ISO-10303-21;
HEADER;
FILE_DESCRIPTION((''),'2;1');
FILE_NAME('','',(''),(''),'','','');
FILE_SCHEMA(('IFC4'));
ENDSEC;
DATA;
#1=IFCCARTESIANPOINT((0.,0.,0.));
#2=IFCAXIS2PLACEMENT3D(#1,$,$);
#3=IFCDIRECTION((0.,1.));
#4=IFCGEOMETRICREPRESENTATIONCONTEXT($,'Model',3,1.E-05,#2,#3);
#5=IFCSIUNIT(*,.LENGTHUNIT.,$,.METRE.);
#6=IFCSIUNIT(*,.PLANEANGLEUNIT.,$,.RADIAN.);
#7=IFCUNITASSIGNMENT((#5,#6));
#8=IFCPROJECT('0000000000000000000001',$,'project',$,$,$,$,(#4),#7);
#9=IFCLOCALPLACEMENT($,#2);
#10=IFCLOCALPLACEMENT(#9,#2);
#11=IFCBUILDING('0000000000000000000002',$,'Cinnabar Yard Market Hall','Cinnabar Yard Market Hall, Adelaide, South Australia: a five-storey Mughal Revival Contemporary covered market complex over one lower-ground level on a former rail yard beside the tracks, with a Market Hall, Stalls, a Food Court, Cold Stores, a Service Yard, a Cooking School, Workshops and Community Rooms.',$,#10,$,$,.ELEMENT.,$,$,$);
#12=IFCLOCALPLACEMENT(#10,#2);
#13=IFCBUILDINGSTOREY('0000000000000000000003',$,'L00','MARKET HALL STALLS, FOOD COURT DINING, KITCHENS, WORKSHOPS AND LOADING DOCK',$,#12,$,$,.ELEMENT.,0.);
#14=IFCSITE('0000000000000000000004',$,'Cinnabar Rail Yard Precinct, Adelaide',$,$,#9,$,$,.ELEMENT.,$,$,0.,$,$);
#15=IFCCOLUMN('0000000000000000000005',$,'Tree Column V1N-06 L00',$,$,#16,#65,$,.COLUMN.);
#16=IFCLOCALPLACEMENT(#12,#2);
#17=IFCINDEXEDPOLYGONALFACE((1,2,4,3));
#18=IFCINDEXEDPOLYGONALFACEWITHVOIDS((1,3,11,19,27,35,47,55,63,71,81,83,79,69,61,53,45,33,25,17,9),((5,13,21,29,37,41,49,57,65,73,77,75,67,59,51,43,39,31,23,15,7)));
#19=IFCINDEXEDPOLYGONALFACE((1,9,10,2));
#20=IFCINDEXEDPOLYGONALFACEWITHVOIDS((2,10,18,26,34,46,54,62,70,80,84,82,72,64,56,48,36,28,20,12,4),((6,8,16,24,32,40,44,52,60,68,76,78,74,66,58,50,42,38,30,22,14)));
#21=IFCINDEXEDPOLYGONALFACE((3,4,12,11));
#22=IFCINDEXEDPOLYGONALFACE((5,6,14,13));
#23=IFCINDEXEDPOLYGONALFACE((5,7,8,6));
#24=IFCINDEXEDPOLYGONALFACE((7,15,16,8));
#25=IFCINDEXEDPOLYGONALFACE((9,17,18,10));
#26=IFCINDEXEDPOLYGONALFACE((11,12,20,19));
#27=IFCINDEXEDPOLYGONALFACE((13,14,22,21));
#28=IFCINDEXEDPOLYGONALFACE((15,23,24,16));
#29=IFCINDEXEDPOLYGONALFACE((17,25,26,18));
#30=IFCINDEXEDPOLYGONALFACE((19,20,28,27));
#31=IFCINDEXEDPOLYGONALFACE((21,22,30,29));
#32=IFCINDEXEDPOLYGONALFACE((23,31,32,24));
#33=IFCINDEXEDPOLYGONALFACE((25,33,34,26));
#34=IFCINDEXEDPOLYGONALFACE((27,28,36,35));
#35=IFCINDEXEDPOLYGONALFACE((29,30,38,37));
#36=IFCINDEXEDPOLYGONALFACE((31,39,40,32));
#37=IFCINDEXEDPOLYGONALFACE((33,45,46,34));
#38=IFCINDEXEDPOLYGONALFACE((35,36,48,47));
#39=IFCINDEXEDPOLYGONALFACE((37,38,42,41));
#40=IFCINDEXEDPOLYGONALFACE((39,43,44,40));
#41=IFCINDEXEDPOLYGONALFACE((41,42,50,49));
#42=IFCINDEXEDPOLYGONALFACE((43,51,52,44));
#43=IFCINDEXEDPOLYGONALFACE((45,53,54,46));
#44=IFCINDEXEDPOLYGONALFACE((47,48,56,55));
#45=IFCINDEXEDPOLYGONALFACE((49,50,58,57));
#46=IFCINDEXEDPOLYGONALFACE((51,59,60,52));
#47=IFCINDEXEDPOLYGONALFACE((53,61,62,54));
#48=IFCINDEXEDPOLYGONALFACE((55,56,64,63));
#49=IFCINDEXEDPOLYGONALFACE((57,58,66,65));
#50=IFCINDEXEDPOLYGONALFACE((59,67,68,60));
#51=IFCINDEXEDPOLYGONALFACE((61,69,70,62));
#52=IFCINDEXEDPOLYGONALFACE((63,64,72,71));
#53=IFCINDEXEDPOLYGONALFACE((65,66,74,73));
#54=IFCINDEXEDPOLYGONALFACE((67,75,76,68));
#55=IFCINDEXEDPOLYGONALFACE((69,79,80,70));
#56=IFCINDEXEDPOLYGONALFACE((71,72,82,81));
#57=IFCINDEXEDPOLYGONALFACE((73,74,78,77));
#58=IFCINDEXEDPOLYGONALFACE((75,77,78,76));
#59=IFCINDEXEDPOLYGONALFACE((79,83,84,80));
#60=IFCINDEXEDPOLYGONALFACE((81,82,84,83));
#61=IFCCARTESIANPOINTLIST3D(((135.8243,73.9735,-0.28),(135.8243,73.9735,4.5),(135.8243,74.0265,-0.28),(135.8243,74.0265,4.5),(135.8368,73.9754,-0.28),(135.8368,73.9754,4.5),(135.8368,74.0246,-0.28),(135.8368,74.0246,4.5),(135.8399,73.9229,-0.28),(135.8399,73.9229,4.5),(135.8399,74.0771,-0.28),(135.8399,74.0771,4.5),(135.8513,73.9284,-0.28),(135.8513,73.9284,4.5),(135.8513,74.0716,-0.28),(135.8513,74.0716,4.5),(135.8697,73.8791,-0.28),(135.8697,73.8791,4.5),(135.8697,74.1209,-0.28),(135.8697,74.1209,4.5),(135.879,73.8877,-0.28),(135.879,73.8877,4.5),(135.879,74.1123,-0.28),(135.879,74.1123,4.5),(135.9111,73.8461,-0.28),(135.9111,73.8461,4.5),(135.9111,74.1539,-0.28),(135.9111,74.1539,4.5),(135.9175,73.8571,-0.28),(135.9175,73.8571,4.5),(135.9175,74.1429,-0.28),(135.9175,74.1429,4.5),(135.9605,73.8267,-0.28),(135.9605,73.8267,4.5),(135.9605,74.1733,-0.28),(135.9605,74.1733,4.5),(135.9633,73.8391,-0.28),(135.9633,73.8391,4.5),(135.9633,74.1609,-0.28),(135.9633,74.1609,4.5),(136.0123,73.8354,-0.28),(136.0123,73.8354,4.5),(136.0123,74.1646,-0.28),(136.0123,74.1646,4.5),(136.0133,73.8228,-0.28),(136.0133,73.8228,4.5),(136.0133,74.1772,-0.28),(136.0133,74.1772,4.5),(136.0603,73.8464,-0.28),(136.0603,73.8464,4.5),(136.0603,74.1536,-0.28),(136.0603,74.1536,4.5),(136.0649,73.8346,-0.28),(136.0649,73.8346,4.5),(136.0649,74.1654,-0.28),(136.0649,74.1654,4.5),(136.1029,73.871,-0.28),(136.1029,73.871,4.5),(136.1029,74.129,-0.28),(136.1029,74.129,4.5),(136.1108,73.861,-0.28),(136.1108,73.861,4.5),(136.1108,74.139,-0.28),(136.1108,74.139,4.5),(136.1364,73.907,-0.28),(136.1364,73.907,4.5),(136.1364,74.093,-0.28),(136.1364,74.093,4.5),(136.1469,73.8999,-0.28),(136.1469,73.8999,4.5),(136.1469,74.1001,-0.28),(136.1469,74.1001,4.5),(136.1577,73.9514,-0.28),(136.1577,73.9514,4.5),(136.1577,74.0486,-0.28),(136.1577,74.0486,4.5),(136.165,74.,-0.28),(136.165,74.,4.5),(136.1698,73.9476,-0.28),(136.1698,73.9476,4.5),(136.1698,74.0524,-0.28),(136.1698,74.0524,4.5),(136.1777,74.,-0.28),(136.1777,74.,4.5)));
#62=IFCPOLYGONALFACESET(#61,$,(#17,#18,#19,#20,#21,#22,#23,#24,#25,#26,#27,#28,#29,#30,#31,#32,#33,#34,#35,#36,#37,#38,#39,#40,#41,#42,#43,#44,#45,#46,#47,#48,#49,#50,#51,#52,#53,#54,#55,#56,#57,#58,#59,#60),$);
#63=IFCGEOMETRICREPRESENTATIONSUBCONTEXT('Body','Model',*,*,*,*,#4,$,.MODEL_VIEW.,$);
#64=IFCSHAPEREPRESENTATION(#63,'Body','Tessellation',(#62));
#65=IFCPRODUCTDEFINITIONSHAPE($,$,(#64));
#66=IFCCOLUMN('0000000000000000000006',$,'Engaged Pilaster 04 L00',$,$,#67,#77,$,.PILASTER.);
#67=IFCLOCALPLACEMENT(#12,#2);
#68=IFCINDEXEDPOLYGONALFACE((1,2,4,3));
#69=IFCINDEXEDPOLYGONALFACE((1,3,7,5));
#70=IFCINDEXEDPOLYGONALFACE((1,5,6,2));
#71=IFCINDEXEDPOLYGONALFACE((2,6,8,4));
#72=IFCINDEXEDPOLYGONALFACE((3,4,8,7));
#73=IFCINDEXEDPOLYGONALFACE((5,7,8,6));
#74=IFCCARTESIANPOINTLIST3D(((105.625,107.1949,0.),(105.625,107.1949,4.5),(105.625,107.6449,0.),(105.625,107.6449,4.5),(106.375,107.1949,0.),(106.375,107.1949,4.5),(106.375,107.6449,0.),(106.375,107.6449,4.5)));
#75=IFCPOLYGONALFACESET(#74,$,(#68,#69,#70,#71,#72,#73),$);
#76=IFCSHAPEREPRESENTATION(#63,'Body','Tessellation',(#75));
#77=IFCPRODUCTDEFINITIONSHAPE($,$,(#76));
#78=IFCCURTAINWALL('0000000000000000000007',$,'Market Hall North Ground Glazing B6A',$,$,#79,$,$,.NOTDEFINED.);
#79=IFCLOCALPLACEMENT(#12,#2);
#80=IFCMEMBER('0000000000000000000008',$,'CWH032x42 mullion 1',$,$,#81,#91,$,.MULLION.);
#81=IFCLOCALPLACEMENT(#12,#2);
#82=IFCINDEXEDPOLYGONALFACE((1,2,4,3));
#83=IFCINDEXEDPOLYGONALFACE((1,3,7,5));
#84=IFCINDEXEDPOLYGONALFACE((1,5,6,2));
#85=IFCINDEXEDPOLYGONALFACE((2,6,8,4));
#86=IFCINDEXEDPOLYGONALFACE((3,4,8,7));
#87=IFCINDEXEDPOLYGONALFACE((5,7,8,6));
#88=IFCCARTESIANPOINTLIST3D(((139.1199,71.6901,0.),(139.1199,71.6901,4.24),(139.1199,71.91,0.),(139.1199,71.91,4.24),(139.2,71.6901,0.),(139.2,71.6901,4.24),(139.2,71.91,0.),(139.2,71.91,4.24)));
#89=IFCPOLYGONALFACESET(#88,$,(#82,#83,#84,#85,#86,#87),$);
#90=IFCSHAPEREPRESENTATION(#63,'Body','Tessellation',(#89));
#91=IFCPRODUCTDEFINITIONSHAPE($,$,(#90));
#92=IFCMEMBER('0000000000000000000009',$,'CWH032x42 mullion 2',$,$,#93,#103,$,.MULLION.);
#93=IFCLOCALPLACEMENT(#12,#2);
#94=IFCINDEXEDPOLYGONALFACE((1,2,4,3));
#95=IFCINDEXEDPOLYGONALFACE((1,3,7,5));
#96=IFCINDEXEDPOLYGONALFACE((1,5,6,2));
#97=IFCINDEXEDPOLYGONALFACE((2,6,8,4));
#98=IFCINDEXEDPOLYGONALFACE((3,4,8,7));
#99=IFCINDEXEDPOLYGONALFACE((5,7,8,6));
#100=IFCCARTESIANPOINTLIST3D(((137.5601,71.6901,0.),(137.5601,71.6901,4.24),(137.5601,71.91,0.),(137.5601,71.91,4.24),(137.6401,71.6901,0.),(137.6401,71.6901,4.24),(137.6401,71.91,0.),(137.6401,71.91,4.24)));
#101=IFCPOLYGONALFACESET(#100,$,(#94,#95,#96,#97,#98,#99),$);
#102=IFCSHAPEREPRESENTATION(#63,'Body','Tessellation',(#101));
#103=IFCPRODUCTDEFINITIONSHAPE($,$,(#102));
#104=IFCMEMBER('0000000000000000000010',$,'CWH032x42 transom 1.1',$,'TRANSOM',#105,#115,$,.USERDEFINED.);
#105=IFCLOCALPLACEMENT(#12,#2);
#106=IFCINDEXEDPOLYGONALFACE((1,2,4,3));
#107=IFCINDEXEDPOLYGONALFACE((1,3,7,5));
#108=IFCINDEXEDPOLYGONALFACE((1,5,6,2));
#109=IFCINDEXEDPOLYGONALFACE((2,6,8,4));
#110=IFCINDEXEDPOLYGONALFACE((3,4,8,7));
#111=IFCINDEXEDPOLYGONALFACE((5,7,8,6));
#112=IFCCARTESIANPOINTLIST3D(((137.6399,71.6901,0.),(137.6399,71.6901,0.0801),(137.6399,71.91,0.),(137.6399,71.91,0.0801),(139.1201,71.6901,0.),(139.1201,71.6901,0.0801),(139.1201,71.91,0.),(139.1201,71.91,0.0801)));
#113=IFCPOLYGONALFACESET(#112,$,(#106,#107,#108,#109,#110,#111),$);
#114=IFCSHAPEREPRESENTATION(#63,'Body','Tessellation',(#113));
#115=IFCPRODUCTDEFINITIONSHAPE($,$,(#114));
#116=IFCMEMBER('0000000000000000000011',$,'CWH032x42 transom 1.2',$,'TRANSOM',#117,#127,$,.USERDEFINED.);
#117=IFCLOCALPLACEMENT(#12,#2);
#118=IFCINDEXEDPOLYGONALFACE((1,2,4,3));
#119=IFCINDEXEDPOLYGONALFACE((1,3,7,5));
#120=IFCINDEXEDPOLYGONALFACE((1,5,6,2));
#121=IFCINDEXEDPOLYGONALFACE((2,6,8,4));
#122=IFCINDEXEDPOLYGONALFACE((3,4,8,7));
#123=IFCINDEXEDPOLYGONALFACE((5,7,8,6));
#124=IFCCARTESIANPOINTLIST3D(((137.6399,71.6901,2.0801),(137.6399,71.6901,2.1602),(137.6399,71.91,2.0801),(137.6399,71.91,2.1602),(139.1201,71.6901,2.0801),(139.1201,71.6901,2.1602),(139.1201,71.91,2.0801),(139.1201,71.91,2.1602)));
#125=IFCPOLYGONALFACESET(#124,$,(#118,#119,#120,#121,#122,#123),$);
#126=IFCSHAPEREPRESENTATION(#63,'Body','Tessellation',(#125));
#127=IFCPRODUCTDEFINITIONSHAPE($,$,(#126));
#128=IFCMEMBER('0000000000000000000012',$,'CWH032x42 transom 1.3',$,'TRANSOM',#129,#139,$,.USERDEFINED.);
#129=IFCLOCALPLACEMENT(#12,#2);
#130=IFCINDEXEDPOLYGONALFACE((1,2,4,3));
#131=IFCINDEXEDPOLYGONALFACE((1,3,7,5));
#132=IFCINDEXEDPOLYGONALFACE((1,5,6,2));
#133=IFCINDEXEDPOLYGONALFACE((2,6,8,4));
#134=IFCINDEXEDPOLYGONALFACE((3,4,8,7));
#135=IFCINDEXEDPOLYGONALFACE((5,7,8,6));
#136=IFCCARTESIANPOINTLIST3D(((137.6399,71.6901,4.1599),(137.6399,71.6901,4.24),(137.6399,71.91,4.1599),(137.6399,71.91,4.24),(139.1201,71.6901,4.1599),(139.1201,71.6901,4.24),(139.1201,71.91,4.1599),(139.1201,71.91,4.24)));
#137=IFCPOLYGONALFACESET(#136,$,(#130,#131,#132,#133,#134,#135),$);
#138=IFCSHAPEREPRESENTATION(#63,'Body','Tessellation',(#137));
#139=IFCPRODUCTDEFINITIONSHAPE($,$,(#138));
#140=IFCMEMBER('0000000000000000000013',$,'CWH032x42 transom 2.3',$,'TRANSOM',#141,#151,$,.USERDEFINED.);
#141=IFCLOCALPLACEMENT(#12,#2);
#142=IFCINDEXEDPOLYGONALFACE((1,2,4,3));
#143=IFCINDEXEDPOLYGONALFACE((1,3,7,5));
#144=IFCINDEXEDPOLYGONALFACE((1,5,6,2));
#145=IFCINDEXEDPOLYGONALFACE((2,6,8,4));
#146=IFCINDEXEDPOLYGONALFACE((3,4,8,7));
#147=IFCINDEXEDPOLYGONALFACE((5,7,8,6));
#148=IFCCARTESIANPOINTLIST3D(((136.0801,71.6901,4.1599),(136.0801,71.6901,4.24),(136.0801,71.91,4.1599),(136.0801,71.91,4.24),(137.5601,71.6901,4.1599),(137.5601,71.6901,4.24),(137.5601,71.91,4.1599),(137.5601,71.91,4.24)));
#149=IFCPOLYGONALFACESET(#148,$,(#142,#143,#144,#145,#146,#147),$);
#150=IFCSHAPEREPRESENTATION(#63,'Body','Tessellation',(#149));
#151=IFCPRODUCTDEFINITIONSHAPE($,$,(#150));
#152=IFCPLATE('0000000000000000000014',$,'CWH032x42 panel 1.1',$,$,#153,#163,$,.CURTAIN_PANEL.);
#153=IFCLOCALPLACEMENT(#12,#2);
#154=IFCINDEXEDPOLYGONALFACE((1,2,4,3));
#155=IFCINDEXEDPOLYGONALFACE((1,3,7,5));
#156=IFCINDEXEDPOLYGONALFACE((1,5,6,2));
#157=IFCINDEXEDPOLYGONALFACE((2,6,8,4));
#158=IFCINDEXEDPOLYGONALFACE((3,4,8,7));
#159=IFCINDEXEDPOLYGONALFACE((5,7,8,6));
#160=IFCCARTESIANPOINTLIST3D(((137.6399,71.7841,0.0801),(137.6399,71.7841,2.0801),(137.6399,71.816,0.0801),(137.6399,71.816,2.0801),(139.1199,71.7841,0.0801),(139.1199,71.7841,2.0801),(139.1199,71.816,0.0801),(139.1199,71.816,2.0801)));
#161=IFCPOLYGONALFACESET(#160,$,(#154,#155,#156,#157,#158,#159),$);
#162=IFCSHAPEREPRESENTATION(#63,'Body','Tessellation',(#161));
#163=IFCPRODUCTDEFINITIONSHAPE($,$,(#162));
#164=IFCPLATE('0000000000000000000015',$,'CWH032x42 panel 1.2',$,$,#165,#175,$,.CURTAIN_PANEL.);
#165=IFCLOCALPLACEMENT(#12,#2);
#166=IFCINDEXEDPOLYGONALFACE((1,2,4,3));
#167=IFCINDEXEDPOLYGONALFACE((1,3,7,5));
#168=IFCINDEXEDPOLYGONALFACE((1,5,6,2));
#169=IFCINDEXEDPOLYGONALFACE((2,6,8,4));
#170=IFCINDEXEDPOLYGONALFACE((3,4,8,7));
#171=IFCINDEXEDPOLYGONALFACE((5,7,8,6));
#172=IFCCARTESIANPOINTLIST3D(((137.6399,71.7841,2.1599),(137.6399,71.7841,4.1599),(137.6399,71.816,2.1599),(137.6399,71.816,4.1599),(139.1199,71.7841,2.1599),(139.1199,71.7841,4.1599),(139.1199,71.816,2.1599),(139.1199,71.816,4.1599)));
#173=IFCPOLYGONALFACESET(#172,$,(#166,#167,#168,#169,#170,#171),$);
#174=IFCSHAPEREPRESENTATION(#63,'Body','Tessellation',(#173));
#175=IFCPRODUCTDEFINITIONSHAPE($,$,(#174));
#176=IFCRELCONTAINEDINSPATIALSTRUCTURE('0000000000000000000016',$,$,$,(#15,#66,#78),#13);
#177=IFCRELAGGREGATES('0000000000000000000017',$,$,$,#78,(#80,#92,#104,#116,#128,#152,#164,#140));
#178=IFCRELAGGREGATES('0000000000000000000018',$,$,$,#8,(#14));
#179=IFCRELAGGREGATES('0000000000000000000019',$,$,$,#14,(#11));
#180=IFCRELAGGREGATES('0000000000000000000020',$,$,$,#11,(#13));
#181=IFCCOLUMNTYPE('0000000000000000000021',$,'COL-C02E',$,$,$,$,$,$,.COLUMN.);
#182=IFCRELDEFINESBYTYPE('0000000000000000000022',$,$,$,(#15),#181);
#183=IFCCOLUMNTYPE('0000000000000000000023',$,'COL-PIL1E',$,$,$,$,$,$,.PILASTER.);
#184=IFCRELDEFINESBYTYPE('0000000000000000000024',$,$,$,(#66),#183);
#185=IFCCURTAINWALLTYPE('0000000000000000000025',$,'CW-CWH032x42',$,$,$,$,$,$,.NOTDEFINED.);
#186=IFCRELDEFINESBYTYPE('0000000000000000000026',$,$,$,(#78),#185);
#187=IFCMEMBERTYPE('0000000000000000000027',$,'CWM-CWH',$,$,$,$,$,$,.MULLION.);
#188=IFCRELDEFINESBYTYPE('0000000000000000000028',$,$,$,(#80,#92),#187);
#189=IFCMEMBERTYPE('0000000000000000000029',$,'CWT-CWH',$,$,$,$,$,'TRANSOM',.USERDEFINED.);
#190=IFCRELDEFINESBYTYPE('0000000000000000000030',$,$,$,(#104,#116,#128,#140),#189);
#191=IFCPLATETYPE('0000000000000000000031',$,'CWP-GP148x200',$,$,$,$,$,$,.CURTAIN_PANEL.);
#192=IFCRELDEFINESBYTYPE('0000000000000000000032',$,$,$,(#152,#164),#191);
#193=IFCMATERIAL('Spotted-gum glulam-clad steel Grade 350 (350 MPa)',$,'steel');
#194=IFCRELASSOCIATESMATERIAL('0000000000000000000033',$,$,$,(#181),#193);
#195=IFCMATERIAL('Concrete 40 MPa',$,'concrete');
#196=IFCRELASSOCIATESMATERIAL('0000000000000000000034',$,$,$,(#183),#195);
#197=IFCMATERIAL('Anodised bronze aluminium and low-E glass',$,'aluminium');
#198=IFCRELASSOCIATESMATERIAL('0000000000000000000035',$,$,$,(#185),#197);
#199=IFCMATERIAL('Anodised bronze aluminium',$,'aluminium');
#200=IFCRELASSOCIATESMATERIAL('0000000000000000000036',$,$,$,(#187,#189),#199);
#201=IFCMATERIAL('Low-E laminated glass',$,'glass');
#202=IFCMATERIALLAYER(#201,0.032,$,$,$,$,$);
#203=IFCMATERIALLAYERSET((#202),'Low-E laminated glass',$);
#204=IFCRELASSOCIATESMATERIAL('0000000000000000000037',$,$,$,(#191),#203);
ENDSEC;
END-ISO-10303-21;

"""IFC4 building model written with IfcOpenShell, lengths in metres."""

from ifc_helpers import new_model, si_unit, direction, frame, origin, origin_2d_with_axis, place, context, subcontext, project, spatial, rectangle, hollow_circle, extrude, material, layer, layer_set, material_profile, profile_set, type_object, element, aggregate, save


model = new_model("IFC4")

# Units and contexts
model_context = context("Model", 3, precision=1e-05, world=origin(), true_north=direction((0.0, 1.0)))
body_context = subcontext(model_context, "Body", "Model", "MODEL_VIEW")
ifc_project = project(units=[si_unit("LENGTHUNIT", "METRE"), si_unit("PLANEANGLEUNIT", "RADIAN")], contexts=[model_context])

# Site, building, storey
site_placement = place(None, origin())
site = spatial("IfcSite", under=ifc_project, at=site_placement, Name="Cinnabar Rail Yard Precinct, Adelaide", CompositionType="ELEMENT", RefElevation=0.0)
building_placement = place(site_placement, origin())
building = spatial("IfcBuilding", under=site, at=building_placement, Name="Cinnabar Yard Market Hall", Description="Cinnabar Yard Market Hall, Adelaide, South Australia: a five-storey Mughal Revival Contemporary covered market complex over one lower-ground level on a former rail yard beside the tracks, with a Market Hall, Stalls, a Food Court, Cold Stores, a Service Yard, a Cooking School, Workshops and Community Rooms.", CompositionType="ELEMENT")
storey_placement = place(building_placement, origin())
storey = spatial("IfcBuildingStorey", under=building, at=storey_placement, Name="L00", Description="MARKET HALL STALLS, FOOD COURT DINING, KITCHENS, WORKSHOPS AND LOADING DOCK", CompositionType="ELEMENT", Elevation=0.0)

# Shared definitions
ifc_material_1 = material(Name="Concrete 40 MPa", Category="concrete")

# Columns
ifc_material_2 = material(Name="Spotted-gum glulam-clad steel Grade 350 (350 MPa)", Category="steel")
ifc_material_profile_1 = material_profile(ifc_material_2, hollow_circle(Radius=0.1777, WallThickness=0.0127, at=origin_2d_with_axis()), Name="355.6x12.7CHS")
ifc_profile_set_1 = profile_set([ifc_material_profile_1], Name="Spotted-gum glulam-clad steel Grade 350 (350 MPa)")
column_type_1 = type_object("IfcColumnType", Name="COL-C02E", PredefinedType="COLUMN", material=ifc_profile_set_1)
for number, where, z_axis, x_axis, name in (
    (1, (136.0, 74.0, -0.28), (0.0, 0.0, 1.0), (1.0, 0.0, 0.0), "Tree Column V1N-06 L00"),
):
    element("IfcColumn", number, at=place(storey_placement, frame(where, z_axis=z_axis, x_axis=x_axis)), inside=storey, type_object=column_type_1, Name=name, PredefinedType="COLUMN", context=body_context, shape_type="SweptSolid", body=[
        extrude(hollow_circle(Radius=0.1777, WallThickness=0.0127, at=origin_2d_with_axis()), origin(), (0.0, 0.0, 1.0), 4.78),
    ])
ifc_material_profile_2 = material_profile(ifc_material_1, rectangle(XDim=0.75, YDim=0.45, at=origin_2d_with_axis()), Name="RC-750x450")
ifc_profile_set_2 = profile_set([ifc_material_profile_2], Name="Concrete 40 MPa")
column_type_2 = type_object("IfcColumnType", Name="COL-PIL1E", PredefinedType="PILASTER", material=ifc_profile_set_2)
column_placement = place(storey_placement, frame((106.0, 107.4199, 0.0), z_axis=(0.0, 0.0, 1.0), x_axis=(1.0, 0.0, 0.0)))
element("IfcColumn", 2, at=column_placement, inside=storey, type_object=column_type_2, Name="Engaged Pilaster 04 L00", PredefinedType="PILASTER", context=body_context, shape_type="SweptSolid", body=[
    extrude(rectangle(XDim=0.75, YDim=0.45, at=origin_2d_with_axis()), origin(), (0.0, 0.0, 1.0), 4.5),
])

# Curtain wall, members, plates
ifc_material_3 = material(Name="Anodised bronze aluminium and low-E glass", Category="aluminium")
curtain_wall_type = type_object("IfcCurtainWallType", Name="CW-CWH032x42", PredefinedType="NOTDEFINED", material=ifc_material_3)
curtain_wall_placement = place(storey_placement, origin())
curtain_wall = element("IfcCurtainWall", 3, at=curtain_wall_placement, inside=storey, type_object=curtain_wall_type, Name="Market Hall North Ground Glazing B6A", PredefinedType="NOTDEFINED")
ifc_material_4 = material(Name="Anodised bronze aluminium", Category="aluminium")
ifc_material_profile_3 = material_profile(ifc_material_4, rectangle(XDim=0.22, YDim=0.0801, at=origin_2d_with_axis()), Name="MUL-CWH")
ifc_profile_set_3 = profile_set([ifc_material_profile_3], Name="Anodised bronze aluminium")
member_type_1 = type_object("IfcMemberType", Name="CWM-CWH", PredefinedType="MULLION", material=ifc_profile_set_3)
member_1_placement = place(storey_placement, frame((139.1599, 71.8, 0.0), z_axis=(0.0, 0.0, 1.0), x_axis=(0.0, -1.0, 0.0)))
member_1 = element("IfcMember", 4, at=member_1_placement, type_object=member_type_1, Name="CWH032x42 mullion 1", PredefinedType="MULLION", context=body_context, shape_type="SweptSolid", body=[
    extrude(rectangle(XDim=0.22, YDim=0.0801, at=origin_2d_with_axis()), origin(), (0.0, 0.0, 1.0), 4.24),
])
member_2_placement = place(storey_placement, frame((137.6001, 71.8, 0.0), z_axis=(0.0, 0.0, 1.0), x_axis=(0.0, -1.0, 0.0)))
member_2 = element("IfcMember", 5, at=member_2_placement, type_object=member_type_1, Name="CWH032x42 mullion 2", PredefinedType="MULLION", context=body_context, shape_type="SweptSolid", body=[
    extrude(rectangle(XDim=0.22, YDim=0.0801, at=origin_2d_with_axis()), origin(), (0.0, 0.0, 1.0), 4.24),
])
ifc_material_profile_4 = material_profile(ifc_material_4, rectangle(XDim=0.22, YDim=0.0801, at=origin_2d_with_axis()), Name="TRN-CWH")
ifc_profile_set_4 = profile_set([ifc_material_profile_4], Name="Anodised bronze aluminium")
member_type_2 = type_object("IfcMemberType", Name="CWT-CWH", ElementType="TRANSOM", PredefinedType="USERDEFINED", material=ifc_profile_set_4)
member_3_placement = place(storey_placement, frame((139.1201, 71.8, 0.04), z_axis=(-1.0, 0.0, 0.0), x_axis=(0.0, -1.0, 0.0)))
member_3 = element("IfcMember", 6, at=member_3_placement, type_object=member_type_2, Name="CWH032x42 transom 1.1", ObjectType="TRANSOM", PredefinedType="USERDEFINED", context=body_context, shape_type="SweptSolid", body=[
    extrude(rectangle(XDim=0.22, YDim=0.0801, at=origin_2d_with_axis()), origin(), (0.0, 0.0, 1.0), 1.4802),
])
member_4_placement = place(storey_placement, frame((139.1201, 71.8, 2.1201), z_axis=(-1.0, 0.0, 0.0), x_axis=(0.0, -1.0, 0.0)))
member_4 = element("IfcMember", 7, at=member_4_placement, type_object=member_type_2, Name="CWH032x42 transom 1.2", ObjectType="TRANSOM", PredefinedType="USERDEFINED", context=body_context, shape_type="SweptSolid", body=[
    extrude(rectangle(XDim=0.22, YDim=0.0801, at=origin_2d_with_axis()), origin(), (0.0, 0.0, 1.0), 1.4802),
])
member_5_placement = place(storey_placement, frame((139.1201, 71.8, 4.2), z_axis=(-1.0, 0.0, 0.0), x_axis=(0.0, -1.0, 0.0)))
member_5 = element("IfcMember", 8, at=member_5_placement, type_object=member_type_2, Name="CWH032x42 transom 1.3", ObjectType="TRANSOM", PredefinedType="USERDEFINED", context=body_context, shape_type="SweptSolid", body=[
    extrude(rectangle(XDim=0.22, YDim=0.0801, at=origin_2d_with_axis()), origin(), (0.0, 0.0, 1.0), 1.4802),
])
member_6_placement = place(storey_placement, frame((137.5601, 71.8, 4.2), z_axis=(-1.0, 0.0, 0.0), x_axis=(0.0, -1.0, 0.0)))
member_6 = element("IfcMember", 9, at=member_6_placement, type_object=member_type_2, Name="CWH032x42 transom 2.3", ObjectType="TRANSOM", PredefinedType="USERDEFINED", context=body_context, shape_type="SweptSolid", body=[
    extrude(rectangle(XDim=0.22, YDim=0.0801, at=origin_2d_with_axis()), origin(), (0.0, 0.0, 1.0), 1.48),
])
ifc_material_5 = material(Name="Low-E laminated glass", Category="glass")
ifc_layer_1 = layer(ifc_material_5, 0.032)
ifc_layer_set_1 = layer_set([ifc_layer_1], Name="Low-E laminated glass")
plate_type = type_object("IfcPlateType", Name="CWP-GP148x200", PredefinedType="CURTAIN_PANEL", material=ifc_layer_set_1)
plate_1_placement = place(storey_placement, frame((138.3799, 71.8, 0.0801), z_axis=(0.0, 0.0, 1.0), x_axis=(-1.0, 0.0, 0.0)))
plate_1 = element("IfcPlate", 10, at=plate_1_placement, type_object=plate_type, Name="CWH032x42 panel 1.1", PredefinedType="CURTAIN_PANEL", context=body_context, shape_type="SweptSolid", body=[
    extrude(rectangle(XDim=1.48, YDim=0.032, at=origin_2d_with_axis()), origin(), (0.0, 0.0, 1.0), 2.0),
])
plate_2_placement = place(storey_placement, frame((138.3799, 71.8, 2.1599), z_axis=(0.0, 0.0, 1.0), x_axis=(-1.0, 0.0, 0.0)))
plate_2 = element("IfcPlate", 11, at=plate_2_placement, type_object=plate_type, Name="CWH032x42 panel 1.2", PredefinedType="CURTAIN_PANEL", context=body_context, shape_type="SweptSolid", body=[
    extrude(rectangle(XDim=1.48, YDim=0.032, at=origin_2d_with_axis()), origin(), (0.0, 0.0, 1.0), 2.0),
])
aggregate(curtain_wall, [member_1, member_2, member_3, member_4, member_5, plate_1, plate_2, member_6])

save(model, "model.ifc")
